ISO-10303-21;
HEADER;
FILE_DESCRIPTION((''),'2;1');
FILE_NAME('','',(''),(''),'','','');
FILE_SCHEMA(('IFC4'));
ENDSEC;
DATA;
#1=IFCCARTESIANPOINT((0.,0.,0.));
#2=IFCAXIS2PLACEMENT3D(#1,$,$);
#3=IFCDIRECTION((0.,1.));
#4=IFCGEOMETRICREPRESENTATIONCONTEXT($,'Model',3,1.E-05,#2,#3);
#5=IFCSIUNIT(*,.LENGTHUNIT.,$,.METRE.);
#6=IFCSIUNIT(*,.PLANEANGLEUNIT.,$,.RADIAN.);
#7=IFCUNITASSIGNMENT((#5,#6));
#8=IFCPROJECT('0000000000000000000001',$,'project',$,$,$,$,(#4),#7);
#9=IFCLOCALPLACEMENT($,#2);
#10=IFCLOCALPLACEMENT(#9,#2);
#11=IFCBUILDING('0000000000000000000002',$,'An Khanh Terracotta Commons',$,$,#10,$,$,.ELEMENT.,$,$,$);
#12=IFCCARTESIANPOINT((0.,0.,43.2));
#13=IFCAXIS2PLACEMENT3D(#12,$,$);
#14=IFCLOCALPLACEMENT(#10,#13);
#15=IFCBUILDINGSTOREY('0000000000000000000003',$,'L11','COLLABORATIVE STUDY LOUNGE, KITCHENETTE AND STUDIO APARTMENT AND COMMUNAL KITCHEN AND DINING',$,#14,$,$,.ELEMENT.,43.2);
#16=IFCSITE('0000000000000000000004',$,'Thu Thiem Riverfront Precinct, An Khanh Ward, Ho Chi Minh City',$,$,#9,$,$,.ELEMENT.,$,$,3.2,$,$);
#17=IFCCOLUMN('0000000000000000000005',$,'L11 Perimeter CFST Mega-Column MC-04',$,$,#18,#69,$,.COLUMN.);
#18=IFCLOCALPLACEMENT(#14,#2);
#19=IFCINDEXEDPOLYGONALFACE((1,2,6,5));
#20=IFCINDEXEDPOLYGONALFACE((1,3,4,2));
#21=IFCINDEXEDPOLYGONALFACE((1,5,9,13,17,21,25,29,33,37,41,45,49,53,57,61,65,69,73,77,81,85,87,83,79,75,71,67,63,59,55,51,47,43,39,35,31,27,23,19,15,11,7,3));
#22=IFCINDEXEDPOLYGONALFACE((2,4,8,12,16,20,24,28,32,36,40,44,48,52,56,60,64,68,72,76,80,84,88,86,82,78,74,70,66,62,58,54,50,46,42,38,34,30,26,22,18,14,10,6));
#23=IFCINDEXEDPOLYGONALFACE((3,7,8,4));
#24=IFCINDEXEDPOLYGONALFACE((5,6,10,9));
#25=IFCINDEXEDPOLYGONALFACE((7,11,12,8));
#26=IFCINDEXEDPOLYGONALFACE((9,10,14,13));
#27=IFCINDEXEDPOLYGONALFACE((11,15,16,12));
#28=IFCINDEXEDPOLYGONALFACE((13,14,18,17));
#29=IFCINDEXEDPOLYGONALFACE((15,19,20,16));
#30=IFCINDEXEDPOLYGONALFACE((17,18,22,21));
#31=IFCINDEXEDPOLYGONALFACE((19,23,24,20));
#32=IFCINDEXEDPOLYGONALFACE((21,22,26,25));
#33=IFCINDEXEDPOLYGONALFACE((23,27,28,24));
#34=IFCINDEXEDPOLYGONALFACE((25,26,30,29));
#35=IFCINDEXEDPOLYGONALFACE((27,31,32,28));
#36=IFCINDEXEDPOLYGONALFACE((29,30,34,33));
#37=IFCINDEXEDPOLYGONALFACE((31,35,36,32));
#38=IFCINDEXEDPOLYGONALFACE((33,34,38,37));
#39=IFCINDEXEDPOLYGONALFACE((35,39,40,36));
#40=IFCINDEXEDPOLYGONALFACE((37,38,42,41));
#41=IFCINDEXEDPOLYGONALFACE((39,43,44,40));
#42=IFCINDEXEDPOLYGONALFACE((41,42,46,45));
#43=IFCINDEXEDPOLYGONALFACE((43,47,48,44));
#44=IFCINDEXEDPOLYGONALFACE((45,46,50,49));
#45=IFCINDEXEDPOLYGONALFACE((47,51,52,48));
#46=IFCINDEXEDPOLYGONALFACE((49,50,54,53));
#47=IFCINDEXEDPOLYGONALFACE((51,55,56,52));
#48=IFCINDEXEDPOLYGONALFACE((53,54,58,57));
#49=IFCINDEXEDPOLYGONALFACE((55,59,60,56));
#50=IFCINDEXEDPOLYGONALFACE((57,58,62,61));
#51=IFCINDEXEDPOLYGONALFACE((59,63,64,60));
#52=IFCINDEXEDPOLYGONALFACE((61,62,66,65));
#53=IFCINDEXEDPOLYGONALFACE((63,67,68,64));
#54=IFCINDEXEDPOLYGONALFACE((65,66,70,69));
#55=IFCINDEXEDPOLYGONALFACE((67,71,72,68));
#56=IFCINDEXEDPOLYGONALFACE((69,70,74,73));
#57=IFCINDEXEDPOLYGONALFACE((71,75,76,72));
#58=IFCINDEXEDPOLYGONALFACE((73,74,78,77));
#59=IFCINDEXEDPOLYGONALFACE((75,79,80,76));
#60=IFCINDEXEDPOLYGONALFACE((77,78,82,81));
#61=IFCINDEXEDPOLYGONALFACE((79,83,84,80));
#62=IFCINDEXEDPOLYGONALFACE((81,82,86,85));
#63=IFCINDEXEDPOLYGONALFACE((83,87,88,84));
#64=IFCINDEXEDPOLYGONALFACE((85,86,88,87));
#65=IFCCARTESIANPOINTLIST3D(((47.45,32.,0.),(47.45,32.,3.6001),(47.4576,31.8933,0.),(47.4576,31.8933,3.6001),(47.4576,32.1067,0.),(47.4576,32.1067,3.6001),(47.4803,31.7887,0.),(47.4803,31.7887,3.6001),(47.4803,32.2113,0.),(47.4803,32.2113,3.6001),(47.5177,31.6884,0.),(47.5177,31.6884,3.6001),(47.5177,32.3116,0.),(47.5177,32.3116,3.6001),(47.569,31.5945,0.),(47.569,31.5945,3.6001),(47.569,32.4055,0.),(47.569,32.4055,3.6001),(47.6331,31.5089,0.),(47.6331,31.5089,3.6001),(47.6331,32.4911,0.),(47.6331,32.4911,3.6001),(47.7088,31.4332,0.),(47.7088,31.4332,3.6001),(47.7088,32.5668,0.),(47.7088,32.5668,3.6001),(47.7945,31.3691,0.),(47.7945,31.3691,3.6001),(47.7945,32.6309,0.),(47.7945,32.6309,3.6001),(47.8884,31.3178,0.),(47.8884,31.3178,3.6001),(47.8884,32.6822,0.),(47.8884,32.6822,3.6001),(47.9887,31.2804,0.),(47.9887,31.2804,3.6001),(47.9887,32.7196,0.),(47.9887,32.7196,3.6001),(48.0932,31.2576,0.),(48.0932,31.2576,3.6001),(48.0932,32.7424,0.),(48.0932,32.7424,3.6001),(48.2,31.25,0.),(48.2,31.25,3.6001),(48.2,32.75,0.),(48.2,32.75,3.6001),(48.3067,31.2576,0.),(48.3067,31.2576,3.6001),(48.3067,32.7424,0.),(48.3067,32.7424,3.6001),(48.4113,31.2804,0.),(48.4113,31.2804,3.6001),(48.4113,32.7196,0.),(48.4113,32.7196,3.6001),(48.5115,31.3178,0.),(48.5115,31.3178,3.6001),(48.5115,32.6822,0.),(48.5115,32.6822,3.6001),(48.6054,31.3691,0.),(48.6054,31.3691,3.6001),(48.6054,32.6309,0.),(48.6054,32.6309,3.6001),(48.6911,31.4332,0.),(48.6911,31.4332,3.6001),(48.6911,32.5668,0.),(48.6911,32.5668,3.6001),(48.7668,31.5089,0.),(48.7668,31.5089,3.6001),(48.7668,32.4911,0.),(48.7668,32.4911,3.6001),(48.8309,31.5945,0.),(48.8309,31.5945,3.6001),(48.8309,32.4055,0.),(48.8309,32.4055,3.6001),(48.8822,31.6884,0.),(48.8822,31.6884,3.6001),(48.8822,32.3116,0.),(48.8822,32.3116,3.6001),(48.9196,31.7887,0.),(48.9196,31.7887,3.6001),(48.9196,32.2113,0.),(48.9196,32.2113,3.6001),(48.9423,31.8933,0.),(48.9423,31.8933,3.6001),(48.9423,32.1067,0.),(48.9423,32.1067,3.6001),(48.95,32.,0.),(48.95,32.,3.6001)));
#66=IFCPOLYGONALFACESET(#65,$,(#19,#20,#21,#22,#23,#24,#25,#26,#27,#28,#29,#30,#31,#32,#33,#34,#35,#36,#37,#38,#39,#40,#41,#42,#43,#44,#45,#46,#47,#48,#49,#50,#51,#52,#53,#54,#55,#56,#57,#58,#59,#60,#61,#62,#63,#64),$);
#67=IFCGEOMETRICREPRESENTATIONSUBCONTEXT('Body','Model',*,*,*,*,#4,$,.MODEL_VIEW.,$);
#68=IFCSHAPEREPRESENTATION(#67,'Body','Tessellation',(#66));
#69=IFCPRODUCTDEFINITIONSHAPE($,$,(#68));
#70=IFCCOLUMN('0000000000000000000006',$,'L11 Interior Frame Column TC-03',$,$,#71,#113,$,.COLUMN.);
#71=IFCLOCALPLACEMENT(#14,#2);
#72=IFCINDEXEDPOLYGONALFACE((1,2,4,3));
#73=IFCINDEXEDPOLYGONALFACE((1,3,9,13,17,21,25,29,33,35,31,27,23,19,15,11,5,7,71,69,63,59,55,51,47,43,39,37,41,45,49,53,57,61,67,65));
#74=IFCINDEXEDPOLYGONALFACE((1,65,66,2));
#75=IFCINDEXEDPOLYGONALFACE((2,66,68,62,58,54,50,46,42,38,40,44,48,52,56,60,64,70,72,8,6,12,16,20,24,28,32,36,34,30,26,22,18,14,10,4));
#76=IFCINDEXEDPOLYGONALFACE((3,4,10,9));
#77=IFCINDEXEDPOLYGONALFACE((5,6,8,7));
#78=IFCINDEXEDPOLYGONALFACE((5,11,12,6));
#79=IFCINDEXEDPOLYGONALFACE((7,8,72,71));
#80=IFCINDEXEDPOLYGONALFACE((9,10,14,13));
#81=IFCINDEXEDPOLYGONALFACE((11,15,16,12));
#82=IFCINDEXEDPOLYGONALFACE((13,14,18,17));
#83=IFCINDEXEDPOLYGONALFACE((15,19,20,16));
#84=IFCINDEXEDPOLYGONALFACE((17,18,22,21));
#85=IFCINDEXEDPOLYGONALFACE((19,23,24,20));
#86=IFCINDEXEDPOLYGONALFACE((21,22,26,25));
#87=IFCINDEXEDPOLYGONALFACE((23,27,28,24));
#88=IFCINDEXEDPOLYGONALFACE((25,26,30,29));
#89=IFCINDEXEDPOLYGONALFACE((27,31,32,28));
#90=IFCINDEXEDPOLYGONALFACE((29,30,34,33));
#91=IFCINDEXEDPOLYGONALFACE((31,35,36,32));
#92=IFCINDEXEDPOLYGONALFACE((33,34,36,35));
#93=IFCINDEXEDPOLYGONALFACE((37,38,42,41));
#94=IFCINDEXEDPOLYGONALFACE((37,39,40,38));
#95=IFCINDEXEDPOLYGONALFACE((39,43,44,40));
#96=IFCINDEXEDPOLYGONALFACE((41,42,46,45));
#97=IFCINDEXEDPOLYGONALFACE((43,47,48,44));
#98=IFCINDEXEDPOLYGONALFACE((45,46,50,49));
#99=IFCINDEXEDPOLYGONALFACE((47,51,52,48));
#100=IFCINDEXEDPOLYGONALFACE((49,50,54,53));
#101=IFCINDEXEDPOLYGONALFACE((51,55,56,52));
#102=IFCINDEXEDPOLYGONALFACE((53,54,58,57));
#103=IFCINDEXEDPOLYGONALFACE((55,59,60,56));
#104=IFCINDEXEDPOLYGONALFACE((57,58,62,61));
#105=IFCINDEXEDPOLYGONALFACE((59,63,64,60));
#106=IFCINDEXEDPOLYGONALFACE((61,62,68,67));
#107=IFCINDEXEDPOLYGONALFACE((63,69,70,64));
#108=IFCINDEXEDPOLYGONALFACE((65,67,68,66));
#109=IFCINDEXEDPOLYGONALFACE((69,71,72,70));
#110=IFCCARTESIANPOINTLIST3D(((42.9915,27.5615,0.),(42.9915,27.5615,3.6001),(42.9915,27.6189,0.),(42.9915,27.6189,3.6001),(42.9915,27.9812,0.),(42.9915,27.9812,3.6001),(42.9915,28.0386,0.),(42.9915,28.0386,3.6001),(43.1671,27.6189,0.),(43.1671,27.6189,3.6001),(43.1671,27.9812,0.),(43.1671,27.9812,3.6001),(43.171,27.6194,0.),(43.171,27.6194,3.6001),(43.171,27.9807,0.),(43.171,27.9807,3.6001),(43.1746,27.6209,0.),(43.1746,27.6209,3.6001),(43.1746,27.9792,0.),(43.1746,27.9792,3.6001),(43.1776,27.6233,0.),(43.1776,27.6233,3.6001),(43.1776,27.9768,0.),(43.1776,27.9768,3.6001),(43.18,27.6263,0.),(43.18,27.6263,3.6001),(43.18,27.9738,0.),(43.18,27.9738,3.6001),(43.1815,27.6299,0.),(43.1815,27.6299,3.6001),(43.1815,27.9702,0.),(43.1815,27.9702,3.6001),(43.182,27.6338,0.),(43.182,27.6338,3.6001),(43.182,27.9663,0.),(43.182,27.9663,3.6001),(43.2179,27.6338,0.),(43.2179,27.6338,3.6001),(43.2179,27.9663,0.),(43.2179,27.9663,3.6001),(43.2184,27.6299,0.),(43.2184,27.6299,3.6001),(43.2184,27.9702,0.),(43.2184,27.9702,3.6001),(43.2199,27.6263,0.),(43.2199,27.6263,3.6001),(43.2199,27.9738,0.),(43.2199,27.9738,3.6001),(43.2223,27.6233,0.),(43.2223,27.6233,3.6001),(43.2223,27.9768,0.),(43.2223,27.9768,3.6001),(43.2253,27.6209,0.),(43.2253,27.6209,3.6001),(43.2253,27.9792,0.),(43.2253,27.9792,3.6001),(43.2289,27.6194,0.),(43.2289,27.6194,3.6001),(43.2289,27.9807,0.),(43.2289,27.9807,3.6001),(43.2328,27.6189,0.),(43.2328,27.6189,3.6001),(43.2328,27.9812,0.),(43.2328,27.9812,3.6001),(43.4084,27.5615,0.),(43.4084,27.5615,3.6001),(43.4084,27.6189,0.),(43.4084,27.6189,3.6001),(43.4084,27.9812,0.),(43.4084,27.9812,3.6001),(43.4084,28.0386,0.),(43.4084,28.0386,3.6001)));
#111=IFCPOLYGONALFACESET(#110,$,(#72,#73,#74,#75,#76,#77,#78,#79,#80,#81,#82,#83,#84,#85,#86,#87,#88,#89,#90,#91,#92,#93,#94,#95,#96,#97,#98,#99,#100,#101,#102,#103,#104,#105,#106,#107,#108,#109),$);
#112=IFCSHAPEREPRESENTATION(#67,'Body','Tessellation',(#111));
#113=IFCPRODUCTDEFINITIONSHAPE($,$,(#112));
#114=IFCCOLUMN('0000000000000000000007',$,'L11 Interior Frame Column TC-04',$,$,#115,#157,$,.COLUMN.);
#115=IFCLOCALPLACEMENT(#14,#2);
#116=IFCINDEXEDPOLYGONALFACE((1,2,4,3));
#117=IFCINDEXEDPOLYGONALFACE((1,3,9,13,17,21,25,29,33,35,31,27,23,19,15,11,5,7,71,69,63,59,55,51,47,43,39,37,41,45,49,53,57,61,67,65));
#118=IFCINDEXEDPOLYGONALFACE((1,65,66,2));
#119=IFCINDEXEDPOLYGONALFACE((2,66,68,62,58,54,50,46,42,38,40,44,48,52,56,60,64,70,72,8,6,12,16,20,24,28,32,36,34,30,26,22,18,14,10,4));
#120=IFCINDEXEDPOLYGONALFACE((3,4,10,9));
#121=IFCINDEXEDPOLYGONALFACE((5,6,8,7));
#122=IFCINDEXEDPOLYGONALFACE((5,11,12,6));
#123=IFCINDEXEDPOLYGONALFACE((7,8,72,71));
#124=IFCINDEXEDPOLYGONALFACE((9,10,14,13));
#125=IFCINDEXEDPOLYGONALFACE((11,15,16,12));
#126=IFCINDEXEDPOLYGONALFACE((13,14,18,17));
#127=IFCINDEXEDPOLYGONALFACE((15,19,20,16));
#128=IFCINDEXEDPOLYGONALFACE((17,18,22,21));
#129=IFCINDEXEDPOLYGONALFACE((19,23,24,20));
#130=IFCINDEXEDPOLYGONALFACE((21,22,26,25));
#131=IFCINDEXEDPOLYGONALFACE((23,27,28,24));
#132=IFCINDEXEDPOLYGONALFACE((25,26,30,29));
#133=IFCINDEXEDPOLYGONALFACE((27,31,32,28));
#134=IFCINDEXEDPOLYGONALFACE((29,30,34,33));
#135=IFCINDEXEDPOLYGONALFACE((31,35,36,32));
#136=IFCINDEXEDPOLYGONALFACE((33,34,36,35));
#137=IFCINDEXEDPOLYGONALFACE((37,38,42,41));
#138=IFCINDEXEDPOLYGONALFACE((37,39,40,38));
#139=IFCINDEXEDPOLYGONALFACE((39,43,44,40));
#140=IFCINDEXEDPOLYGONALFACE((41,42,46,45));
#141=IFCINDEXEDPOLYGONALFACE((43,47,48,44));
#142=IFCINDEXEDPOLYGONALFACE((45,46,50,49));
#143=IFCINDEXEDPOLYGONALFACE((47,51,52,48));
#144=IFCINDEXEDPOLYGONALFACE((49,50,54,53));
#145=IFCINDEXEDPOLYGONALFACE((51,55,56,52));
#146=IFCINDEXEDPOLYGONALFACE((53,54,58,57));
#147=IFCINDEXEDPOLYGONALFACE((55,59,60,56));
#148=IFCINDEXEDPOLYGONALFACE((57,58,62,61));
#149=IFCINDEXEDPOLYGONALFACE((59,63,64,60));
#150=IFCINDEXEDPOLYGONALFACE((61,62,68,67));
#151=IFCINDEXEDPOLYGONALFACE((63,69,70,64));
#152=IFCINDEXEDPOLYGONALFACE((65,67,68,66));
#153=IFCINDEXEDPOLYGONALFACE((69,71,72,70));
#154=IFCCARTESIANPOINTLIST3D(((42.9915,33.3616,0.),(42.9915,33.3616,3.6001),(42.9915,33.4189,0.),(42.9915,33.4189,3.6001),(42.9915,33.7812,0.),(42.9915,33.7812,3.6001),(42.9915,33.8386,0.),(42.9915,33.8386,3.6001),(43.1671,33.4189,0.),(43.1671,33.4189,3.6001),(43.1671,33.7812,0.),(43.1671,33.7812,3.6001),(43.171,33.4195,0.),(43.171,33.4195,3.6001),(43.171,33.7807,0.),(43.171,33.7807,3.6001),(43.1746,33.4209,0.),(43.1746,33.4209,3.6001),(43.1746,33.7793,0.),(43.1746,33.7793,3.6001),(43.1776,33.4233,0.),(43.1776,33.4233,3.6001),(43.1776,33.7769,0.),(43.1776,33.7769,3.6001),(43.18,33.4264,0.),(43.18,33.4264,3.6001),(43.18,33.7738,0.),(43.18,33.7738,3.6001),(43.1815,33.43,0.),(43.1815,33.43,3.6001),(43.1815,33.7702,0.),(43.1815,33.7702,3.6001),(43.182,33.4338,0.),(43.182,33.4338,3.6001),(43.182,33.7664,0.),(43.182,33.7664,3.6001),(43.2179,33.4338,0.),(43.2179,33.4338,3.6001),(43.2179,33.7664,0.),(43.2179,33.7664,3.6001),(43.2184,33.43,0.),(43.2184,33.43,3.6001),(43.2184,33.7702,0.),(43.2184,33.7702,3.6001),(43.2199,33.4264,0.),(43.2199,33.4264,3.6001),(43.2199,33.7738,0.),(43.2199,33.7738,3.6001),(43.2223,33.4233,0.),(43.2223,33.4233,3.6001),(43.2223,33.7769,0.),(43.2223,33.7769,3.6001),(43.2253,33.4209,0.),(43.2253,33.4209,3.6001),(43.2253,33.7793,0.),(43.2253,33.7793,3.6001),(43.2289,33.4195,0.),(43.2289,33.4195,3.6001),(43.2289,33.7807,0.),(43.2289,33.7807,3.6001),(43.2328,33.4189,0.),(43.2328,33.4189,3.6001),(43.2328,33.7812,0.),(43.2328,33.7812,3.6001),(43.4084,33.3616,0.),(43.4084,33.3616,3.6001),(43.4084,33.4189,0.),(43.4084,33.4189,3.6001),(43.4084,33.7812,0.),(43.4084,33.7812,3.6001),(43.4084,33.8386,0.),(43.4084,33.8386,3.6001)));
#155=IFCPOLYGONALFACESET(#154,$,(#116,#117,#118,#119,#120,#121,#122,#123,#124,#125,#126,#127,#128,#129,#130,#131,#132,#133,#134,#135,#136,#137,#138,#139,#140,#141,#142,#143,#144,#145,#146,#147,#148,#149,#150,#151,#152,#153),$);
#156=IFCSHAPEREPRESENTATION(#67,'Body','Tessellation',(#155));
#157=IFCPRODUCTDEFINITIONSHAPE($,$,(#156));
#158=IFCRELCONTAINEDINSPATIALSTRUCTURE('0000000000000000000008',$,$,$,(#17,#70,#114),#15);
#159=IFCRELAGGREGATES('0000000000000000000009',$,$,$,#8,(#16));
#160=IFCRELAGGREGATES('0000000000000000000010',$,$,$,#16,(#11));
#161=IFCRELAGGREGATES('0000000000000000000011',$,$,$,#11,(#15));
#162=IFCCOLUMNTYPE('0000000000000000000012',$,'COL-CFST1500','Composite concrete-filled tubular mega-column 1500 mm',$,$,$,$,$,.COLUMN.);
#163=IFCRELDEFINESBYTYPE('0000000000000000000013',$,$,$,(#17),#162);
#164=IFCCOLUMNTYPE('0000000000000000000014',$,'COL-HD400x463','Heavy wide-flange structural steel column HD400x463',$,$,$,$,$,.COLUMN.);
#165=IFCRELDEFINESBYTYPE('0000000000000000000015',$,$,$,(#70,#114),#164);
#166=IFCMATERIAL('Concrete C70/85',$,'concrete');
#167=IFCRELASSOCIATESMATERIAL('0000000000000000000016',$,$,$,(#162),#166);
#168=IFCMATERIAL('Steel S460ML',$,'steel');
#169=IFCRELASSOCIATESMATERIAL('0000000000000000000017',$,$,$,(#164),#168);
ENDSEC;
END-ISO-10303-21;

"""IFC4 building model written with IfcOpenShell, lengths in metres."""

from ifc_helpers import new_model, si_unit, direction, frame, origin, origin_2d, place, context, subcontext, project, spatial, circle, i_section, extrude, material, material_profile, profile_set, type_object, element, save


model = new_model("IFC4")

# Units and contexts
model_context = context("Model", 3, precision=1e-05, world=origin(), true_north=direction((0.0, 1.0)))
body_context = subcontext(model_context, "Body", "Model", "MODEL_VIEW")
ifc_project = project(units=[si_unit("LENGTHUNIT", "METRE"), si_unit("PLANEANGLEUNIT", "RADIAN")], contexts=[model_context])

# Site, building, storey
site_placement = place(None, origin())
site = spatial("IfcSite", under=ifc_project, at=site_placement, Name="Thu Thiem Riverfront Precinct, An Khanh Ward, Ho Chi Minh City", CompositionType="ELEMENT", RefElevation=3.2)
building_placement = place(site_placement, origin())
building = spatial("IfcBuilding", under=site, at=building_placement, Name="An Khanh Terracotta Commons", CompositionType="ELEMENT")
storey_placement = place(building_placement, frame((0.0, 0.0, 43.2)))
storey = spatial("IfcBuildingStorey", under=building, at=storey_placement, Name="L11", Description="COLLABORATIVE STUDY LOUNGE, KITCHENETTE AND STUDIO APARTMENT AND COMMUNAL KITCHEN AND DINING", CompositionType="ELEMENT", Elevation=43.2)

# Columns
ifc_material_1 = material(Name="Concrete C70/85", Category="concrete")
ifc_material_profile_1 = material_profile(ifc_material_1, circle(Radius=0.75, at=origin_2d()), Name="CFST1500")
ifc_profile_set_1 = profile_set([ifc_material_profile_1], Name="Concrete C70/85")
column_type_1 = type_object("IfcColumnType", Name="COL-CFST1500", Description="Composite concrete-filled tubular mega-column 1500 mm", PredefinedType="COLUMN", material=ifc_profile_set_1)
column_placement = place(storey_placement, frame((48.2, 32.0, 0.0), z_axis=(0.0, 0.0, 1.0), x_axis=(1.0, 0.0, 0.0)))
element("IfcColumn", 1, at=column_placement, inside=storey, type_object=column_type_1, Name="L11 Perimeter CFST Mega-Column MC-04", PredefinedType="COLUMN", context=body_context, shape_type="SweptSolid", body=[
    extrude(circle(Radius=0.75, at=origin_2d()), origin(), (0.0, 0.0, 1.0), 3.6001),
])
ifc_material_2 = material(Name="Steel S460ML", Category="steel")
ifc_material_profile_2 = material_profile(ifc_material_2, i_section(OverallWidth=0.417, OverallDepth=0.4771, WebThickness=0.0359, FlangeThickness=0.0574, FilletRadius=0.0149, at=origin_2d()), Name="HD400x463")
ifc_profile_set_2 = profile_set([ifc_material_profile_2], Name="Steel S460ML")
column_type_2 = type_object("IfcColumnType", Name="COL-HD400x463", Description="Heavy wide-flange structural steel column HD400x463", PredefinedType="COLUMN", material=ifc_profile_set_2)
for number, where, z_axis, x_axis, name in (
    (2, (43.2, 27.8, 0.0), (0.0, 0.0, 1.0), (1.0, 0.0, 0.0), "L11 Interior Frame Column TC-03"),
    (3, (43.2, 33.6001, 0.0), (0.0, 0.0, 1.0), (1.0, 0.0, 0.0), "L11 Interior Frame Column TC-04"),
):
    element("IfcColumn", number, at=place(storey_placement, frame(where, z_axis=z_axis, x_axis=x_axis)), inside=storey, type_object=column_type_2, Name=name, PredefinedType="COLUMN", context=body_context, shape_type="SweptSolid", body=[
        extrude(i_section(OverallWidth=0.417, OverallDepth=0.4771, WebThickness=0.0359, FlangeThickness=0.0574, FilletRadius=0.0149, at=origin_2d()), origin(), (0.0, 0.0, 1.0), 3.6001),
    ])

save(model, "model.ifc")
